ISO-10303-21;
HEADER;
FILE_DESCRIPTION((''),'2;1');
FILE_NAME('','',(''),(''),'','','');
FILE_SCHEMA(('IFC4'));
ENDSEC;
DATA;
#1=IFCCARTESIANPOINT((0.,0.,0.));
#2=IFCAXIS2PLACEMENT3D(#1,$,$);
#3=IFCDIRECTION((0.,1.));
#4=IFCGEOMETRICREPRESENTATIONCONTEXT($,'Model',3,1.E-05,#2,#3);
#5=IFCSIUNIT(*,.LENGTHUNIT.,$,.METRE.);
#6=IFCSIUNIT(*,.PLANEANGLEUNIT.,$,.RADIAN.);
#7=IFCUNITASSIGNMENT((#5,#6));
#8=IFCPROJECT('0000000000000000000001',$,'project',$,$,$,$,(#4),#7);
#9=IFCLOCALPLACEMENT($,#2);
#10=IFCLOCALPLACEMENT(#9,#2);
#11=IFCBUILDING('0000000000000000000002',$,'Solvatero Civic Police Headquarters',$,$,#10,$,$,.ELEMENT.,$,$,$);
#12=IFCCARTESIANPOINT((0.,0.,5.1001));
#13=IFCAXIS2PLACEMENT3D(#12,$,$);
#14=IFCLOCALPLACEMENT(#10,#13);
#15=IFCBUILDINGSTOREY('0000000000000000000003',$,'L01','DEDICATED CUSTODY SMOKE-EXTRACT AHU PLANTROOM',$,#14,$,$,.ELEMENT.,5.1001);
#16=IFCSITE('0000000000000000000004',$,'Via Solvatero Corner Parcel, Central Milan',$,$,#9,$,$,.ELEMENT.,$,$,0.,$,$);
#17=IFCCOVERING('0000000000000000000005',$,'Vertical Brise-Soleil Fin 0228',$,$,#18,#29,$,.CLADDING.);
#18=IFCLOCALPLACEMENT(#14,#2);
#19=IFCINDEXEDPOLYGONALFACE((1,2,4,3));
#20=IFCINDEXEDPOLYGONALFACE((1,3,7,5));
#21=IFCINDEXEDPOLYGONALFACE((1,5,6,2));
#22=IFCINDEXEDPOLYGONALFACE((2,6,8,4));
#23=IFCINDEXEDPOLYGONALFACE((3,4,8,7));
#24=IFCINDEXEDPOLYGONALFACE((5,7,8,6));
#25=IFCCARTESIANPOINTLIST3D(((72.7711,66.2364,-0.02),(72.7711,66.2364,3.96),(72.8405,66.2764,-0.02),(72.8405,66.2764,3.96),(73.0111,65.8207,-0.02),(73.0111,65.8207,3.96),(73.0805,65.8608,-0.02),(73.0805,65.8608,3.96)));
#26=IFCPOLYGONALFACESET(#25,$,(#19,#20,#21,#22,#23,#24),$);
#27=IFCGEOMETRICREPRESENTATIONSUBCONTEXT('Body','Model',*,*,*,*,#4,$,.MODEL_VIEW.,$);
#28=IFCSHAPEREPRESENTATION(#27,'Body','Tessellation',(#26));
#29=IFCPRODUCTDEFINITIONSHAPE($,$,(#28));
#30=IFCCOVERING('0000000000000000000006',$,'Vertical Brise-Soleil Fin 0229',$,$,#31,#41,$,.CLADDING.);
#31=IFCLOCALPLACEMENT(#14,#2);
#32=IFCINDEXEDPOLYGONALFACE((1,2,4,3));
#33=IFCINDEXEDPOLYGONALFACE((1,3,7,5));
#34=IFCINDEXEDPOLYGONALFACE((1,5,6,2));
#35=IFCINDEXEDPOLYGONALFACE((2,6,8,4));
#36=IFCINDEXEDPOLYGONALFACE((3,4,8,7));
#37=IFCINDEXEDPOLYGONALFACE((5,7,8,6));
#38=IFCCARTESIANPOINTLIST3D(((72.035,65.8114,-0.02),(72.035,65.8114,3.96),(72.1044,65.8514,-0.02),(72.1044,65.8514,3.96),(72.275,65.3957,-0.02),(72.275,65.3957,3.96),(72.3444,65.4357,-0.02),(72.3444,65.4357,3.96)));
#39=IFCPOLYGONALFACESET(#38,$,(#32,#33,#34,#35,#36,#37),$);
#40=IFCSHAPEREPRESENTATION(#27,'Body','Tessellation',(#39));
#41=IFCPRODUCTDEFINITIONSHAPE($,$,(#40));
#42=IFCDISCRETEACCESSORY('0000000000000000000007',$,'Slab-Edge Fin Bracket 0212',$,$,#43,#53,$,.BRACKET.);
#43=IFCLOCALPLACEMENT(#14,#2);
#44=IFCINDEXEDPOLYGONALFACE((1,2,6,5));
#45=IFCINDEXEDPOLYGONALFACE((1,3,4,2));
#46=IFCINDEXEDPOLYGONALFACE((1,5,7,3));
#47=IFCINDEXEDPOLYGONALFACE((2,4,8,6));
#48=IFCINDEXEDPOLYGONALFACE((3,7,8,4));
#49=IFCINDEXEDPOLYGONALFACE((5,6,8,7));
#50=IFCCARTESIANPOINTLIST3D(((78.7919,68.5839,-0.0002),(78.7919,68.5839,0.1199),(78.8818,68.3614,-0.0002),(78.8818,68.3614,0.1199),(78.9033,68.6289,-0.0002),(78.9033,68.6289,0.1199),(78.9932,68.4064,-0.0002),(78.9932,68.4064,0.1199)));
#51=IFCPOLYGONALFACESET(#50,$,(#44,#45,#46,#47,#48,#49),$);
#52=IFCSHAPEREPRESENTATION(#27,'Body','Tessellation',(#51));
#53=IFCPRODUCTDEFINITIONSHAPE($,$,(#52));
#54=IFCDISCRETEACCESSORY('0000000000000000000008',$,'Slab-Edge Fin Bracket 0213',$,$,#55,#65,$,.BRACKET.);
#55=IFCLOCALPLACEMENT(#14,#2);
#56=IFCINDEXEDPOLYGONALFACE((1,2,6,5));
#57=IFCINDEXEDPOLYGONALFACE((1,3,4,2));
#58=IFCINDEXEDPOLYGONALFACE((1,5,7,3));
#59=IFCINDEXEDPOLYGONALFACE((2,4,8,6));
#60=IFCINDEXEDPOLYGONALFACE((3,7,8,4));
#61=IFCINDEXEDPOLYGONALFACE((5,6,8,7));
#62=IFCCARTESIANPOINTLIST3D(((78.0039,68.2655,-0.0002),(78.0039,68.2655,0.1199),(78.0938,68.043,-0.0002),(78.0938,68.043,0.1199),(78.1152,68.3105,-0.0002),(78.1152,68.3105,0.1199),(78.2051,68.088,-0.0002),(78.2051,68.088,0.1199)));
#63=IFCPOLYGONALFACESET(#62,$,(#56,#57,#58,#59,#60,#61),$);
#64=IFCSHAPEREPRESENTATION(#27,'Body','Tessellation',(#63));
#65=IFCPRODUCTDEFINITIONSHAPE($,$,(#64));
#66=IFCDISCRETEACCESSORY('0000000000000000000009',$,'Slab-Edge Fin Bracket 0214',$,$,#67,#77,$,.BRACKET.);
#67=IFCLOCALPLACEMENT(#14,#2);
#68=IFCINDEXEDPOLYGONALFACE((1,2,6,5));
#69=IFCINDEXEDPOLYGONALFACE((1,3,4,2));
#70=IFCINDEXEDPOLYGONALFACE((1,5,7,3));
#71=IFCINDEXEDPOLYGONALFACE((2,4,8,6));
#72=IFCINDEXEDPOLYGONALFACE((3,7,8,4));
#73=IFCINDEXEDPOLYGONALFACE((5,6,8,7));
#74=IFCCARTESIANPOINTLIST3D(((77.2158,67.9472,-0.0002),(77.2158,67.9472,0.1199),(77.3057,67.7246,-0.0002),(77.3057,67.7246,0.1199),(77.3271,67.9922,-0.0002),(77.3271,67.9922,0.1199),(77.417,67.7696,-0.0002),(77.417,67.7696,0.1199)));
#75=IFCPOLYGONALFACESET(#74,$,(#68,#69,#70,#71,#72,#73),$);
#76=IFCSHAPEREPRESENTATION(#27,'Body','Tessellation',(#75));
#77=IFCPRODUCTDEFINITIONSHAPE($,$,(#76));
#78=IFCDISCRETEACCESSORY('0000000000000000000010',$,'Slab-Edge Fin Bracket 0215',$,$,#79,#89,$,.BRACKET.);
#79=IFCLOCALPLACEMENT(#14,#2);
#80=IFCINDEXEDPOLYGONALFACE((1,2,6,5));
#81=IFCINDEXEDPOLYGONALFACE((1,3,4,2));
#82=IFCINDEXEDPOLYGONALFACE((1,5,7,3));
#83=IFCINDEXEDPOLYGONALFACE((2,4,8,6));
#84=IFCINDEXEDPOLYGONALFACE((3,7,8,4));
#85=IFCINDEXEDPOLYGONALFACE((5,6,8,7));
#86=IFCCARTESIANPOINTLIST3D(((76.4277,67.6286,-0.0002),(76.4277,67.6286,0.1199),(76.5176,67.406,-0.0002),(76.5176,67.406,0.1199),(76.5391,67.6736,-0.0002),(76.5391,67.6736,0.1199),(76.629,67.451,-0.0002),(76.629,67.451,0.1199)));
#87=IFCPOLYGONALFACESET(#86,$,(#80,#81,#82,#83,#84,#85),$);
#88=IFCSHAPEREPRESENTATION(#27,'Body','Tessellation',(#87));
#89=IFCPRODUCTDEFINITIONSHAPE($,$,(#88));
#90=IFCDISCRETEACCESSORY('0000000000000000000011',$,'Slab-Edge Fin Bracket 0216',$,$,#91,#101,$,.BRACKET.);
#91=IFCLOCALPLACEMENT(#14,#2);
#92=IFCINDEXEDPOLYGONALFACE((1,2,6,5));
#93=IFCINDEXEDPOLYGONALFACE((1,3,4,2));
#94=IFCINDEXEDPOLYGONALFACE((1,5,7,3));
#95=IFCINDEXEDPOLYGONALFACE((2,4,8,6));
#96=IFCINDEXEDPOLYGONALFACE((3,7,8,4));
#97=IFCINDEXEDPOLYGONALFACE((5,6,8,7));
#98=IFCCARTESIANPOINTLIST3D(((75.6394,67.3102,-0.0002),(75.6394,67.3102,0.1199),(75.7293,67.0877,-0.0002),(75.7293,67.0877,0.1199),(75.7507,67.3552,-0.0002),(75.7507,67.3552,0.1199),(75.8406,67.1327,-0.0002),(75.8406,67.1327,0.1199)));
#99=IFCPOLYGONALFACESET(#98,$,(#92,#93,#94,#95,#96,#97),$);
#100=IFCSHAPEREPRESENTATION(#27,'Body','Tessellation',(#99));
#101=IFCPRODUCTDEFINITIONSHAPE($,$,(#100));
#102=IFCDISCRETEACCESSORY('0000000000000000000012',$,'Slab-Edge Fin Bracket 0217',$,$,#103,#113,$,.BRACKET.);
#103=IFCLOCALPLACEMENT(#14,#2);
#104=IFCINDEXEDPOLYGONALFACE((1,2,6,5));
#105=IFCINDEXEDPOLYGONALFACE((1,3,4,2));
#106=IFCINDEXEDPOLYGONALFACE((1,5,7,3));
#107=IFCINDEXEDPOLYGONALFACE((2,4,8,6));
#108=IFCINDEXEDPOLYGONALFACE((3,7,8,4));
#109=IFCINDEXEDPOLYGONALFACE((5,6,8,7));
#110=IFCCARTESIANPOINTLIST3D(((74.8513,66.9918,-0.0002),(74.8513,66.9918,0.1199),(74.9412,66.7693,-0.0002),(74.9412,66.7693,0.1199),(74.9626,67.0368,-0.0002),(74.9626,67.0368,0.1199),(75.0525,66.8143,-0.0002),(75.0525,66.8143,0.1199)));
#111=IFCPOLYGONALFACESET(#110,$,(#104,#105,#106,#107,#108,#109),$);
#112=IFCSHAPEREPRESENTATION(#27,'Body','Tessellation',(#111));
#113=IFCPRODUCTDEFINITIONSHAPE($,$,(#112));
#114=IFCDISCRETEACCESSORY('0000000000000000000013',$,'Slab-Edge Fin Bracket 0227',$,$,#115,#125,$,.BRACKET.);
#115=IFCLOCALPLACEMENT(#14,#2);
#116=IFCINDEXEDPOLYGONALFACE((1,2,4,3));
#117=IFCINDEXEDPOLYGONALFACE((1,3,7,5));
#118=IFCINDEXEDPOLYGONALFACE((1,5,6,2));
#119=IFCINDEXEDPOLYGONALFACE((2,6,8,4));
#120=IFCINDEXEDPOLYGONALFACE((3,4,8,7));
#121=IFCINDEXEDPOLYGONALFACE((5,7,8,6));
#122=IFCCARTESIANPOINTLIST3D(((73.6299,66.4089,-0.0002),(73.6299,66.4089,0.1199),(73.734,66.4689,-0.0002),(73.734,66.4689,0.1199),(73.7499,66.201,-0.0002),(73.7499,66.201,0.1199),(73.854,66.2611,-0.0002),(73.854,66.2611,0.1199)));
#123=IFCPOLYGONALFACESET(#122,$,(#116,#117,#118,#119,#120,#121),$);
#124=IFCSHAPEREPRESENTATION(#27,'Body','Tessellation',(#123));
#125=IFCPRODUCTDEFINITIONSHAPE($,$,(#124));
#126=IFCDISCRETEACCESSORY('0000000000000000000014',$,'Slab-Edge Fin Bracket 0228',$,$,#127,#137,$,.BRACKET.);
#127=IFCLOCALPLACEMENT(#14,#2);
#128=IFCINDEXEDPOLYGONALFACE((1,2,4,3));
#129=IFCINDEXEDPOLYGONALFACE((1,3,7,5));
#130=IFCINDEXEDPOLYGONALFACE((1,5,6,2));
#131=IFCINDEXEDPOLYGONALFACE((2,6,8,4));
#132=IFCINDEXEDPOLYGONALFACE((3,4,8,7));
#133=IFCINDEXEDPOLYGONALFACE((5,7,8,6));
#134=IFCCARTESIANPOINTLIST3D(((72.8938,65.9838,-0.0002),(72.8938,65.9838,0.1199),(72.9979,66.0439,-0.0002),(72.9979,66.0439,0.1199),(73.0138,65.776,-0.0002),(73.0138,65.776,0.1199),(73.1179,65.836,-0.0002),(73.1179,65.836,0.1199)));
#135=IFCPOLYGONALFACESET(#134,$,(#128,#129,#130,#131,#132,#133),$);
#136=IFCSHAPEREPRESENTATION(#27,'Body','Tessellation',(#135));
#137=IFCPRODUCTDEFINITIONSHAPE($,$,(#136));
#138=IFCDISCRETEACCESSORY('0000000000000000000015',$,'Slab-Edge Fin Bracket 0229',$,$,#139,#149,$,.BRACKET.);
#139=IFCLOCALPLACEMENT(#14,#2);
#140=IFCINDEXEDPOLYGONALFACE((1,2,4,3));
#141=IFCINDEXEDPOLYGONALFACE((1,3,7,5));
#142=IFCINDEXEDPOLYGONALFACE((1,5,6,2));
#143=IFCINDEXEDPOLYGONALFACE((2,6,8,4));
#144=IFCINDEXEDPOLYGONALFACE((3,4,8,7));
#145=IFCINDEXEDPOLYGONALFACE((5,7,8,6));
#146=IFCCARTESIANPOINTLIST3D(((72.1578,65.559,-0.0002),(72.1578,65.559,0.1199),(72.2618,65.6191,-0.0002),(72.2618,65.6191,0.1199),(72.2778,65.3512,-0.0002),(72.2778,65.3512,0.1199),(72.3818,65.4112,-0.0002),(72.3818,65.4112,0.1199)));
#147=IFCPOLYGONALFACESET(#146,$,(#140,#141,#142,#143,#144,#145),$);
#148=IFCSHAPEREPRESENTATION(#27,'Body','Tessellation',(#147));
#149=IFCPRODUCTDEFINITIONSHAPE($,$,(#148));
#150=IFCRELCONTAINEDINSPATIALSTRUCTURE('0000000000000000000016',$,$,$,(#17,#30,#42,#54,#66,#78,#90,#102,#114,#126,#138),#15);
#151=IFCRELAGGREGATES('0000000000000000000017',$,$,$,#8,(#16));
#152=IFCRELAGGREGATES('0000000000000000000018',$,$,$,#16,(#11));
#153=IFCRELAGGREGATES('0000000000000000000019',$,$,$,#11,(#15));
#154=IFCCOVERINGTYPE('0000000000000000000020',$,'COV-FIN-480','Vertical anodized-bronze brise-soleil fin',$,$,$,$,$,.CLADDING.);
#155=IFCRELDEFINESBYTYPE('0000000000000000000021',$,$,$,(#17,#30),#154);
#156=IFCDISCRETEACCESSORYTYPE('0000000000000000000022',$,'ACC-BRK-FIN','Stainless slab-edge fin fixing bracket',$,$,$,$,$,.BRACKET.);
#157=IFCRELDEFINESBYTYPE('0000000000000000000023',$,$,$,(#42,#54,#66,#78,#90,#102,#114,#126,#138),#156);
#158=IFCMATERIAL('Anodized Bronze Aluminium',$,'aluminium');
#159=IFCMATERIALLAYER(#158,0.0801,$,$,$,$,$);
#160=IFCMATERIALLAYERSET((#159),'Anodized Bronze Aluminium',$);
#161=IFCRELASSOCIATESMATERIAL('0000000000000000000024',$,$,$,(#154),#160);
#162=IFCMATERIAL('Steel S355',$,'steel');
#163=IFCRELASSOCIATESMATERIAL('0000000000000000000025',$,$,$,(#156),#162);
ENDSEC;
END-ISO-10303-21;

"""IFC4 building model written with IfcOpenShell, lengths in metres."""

from ifc_helpers import new_model, si_unit, direction, frame, origin, origin_2d, place, context, subcontext, project, spatial, rectangle, extrude, material, layer, layer_set, type_object, element, save


model = new_model("IFC4")

# Units and contexts
model_context = context("Model", 3, precision=1e-05, world=origin(), true_north=direction((0.0, 1.0)))
body_context = subcontext(model_context, "Body", "Model", "MODEL_VIEW")
ifc_project = project(units=[si_unit("LENGTHUNIT", "METRE"), si_unit("PLANEANGLEUNIT", "RADIAN")], contexts=[model_context])

# Site, building, storey
site_placement = place(None, origin())
site = spatial("IfcSite", under=ifc_project, at=site_placement, Name="Via Solvatero Corner Parcel, Central Milan", CompositionType="ELEMENT", RefElevation=0.0)
building_placement = place(site_placement, origin())
building = spatial("IfcBuilding", under=site, at=building_placement, Name="Solvatero Civic Police Headquarters", CompositionType="ELEMENT")
storey_placement = place(building_placement, frame((0.0, 0.0, 5.1001)))
storey = spatial("IfcBuildingStorey", under=building, at=storey_placement, Name="L01", Description="DEDICATED CUSTODY SMOKE-EXTRACT AHU PLANTROOM", CompositionType="ELEMENT", Elevation=5.1001)

# Shared definitions
ifc_material_1 = material(Name="Steel S355", Category="steel")

# Shared definitions
ifc_material_2 = material(Name="Anodized Bronze Aluminium", Category="aluminium")

# Coverings
ifc_layer_1 = layer(ifc_material_2, 0.0801)
ifc_layer_set_1 = layer_set([ifc_layer_1], Name="Anodized Bronze Aluminium")
covering_type = type_object("IfcCoveringType", Name="COV-FIN-480", Description="Vertical anodized-bronze brise-soleil fin", PredefinedType="CLADDING", material=ifc_layer_set_1)
for number, where, z_axis, x_axis, name in (
    (1, (72.9258, 66.0486, -0.02), (0.0, 0.0, 1.0), (-0.866025, -0.5, 0.0), "Vertical Brise-Soleil Fin 0228"),
    (2, (72.1897, 65.6235, -0.02), (0.0, 0.0, 1.0), (-0.866025, -0.5, 0.0), "Vertical Brise-Soleil Fin 0229"),
):
    element("IfcCovering", number, at=place(storey_placement, frame(where, z_axis=z_axis, x_axis=x_axis)), inside=storey, type_object=covering_type, Name=name, PredefinedType="CLADDING", context=body_context, shape_type="SweptSolid", body=[
        extrude(rectangle(XDim=0.0801, YDim=0.48, at=origin_2d()), origin(), (0.0, 0.0, 1.0), 3.98),
    ])

# Discrete accessories
discrete_accessory_type = type_object("IfcDiscreteAccessoryType", Name="ACC-BRK-FIN", Description="Stainless slab-edge fin fixing bracket", PredefinedType="BRACKET", material=ifc_material_1)
for number, where, z_axis, x_axis, name in (
    (3, (78.8926, 68.4951, -0.0002), (0.0, 0.0, 1.0), (-0.927184, -0.374607, 0.0), "Slab-Edge Fin Bracket 0212"),
    (4, (78.1045, 68.1768, -0.0002), (0.0, 0.0, 1.0), (-0.927184, -0.374607, 0.0), "Slab-Edge Fin Bracket 0213"),
    (5, (77.3164, 67.8584, -0.0002), (0.0, 0.0, 1.0), (-0.927184, -0.374607, 0.0), "Slab-Edge Fin Bracket 0214"),
    (6, (76.5283, 67.5398, -0.0002), (0.0, 0.0, 1.0), (-0.927184, -0.374607, 0.0), "Slab-Edge Fin Bracket 0215"),
    (7, (75.74, 67.2214, -0.0002), (0.0, 0.0, 1.0), (-0.927184, -0.374607, 0.0), "Slab-Edge Fin Bracket 0216"),
    (8, (74.9519, 66.9031, -0.0002), (0.0, 0.0, 1.0), (-0.927184, -0.374607, 0.0), "Slab-Edge Fin Bracket 0217"),
    (9, (73.7419, 66.335, -0.0002), (0.0, 0.0, 1.0), (-0.866025, -0.5, 0.0), "Slab-Edge Fin Bracket 0227"),
    (10, (73.0059, 65.9099, -0.0002), (0.0, 0.0, 1.0), (-0.866025, -0.5, 0.0), "Slab-Edge Fin Bracket 0228"),
    (11, (72.2698, 65.4851, -0.0002), (0.0, 0.0, 1.0), (-0.866025, -0.5, 0.0), "Slab-Edge Fin Bracket 0229"),
):
    element("IfcDiscreteAccessory", number, at=place(storey_placement, frame(where, z_axis=z_axis, x_axis=x_axis)), inside=storey, type_object=discrete_accessory_type, Name=name, PredefinedType="BRACKET", context=body_context, shape_type="SweptSolid", body=[
        extrude(rectangle(XDim=0.1201, YDim=0.24, at=origin_2d()), origin(), (0.0, 0.0, 1.0), 0.1201),
    ])

save(model, "model.ifc")
